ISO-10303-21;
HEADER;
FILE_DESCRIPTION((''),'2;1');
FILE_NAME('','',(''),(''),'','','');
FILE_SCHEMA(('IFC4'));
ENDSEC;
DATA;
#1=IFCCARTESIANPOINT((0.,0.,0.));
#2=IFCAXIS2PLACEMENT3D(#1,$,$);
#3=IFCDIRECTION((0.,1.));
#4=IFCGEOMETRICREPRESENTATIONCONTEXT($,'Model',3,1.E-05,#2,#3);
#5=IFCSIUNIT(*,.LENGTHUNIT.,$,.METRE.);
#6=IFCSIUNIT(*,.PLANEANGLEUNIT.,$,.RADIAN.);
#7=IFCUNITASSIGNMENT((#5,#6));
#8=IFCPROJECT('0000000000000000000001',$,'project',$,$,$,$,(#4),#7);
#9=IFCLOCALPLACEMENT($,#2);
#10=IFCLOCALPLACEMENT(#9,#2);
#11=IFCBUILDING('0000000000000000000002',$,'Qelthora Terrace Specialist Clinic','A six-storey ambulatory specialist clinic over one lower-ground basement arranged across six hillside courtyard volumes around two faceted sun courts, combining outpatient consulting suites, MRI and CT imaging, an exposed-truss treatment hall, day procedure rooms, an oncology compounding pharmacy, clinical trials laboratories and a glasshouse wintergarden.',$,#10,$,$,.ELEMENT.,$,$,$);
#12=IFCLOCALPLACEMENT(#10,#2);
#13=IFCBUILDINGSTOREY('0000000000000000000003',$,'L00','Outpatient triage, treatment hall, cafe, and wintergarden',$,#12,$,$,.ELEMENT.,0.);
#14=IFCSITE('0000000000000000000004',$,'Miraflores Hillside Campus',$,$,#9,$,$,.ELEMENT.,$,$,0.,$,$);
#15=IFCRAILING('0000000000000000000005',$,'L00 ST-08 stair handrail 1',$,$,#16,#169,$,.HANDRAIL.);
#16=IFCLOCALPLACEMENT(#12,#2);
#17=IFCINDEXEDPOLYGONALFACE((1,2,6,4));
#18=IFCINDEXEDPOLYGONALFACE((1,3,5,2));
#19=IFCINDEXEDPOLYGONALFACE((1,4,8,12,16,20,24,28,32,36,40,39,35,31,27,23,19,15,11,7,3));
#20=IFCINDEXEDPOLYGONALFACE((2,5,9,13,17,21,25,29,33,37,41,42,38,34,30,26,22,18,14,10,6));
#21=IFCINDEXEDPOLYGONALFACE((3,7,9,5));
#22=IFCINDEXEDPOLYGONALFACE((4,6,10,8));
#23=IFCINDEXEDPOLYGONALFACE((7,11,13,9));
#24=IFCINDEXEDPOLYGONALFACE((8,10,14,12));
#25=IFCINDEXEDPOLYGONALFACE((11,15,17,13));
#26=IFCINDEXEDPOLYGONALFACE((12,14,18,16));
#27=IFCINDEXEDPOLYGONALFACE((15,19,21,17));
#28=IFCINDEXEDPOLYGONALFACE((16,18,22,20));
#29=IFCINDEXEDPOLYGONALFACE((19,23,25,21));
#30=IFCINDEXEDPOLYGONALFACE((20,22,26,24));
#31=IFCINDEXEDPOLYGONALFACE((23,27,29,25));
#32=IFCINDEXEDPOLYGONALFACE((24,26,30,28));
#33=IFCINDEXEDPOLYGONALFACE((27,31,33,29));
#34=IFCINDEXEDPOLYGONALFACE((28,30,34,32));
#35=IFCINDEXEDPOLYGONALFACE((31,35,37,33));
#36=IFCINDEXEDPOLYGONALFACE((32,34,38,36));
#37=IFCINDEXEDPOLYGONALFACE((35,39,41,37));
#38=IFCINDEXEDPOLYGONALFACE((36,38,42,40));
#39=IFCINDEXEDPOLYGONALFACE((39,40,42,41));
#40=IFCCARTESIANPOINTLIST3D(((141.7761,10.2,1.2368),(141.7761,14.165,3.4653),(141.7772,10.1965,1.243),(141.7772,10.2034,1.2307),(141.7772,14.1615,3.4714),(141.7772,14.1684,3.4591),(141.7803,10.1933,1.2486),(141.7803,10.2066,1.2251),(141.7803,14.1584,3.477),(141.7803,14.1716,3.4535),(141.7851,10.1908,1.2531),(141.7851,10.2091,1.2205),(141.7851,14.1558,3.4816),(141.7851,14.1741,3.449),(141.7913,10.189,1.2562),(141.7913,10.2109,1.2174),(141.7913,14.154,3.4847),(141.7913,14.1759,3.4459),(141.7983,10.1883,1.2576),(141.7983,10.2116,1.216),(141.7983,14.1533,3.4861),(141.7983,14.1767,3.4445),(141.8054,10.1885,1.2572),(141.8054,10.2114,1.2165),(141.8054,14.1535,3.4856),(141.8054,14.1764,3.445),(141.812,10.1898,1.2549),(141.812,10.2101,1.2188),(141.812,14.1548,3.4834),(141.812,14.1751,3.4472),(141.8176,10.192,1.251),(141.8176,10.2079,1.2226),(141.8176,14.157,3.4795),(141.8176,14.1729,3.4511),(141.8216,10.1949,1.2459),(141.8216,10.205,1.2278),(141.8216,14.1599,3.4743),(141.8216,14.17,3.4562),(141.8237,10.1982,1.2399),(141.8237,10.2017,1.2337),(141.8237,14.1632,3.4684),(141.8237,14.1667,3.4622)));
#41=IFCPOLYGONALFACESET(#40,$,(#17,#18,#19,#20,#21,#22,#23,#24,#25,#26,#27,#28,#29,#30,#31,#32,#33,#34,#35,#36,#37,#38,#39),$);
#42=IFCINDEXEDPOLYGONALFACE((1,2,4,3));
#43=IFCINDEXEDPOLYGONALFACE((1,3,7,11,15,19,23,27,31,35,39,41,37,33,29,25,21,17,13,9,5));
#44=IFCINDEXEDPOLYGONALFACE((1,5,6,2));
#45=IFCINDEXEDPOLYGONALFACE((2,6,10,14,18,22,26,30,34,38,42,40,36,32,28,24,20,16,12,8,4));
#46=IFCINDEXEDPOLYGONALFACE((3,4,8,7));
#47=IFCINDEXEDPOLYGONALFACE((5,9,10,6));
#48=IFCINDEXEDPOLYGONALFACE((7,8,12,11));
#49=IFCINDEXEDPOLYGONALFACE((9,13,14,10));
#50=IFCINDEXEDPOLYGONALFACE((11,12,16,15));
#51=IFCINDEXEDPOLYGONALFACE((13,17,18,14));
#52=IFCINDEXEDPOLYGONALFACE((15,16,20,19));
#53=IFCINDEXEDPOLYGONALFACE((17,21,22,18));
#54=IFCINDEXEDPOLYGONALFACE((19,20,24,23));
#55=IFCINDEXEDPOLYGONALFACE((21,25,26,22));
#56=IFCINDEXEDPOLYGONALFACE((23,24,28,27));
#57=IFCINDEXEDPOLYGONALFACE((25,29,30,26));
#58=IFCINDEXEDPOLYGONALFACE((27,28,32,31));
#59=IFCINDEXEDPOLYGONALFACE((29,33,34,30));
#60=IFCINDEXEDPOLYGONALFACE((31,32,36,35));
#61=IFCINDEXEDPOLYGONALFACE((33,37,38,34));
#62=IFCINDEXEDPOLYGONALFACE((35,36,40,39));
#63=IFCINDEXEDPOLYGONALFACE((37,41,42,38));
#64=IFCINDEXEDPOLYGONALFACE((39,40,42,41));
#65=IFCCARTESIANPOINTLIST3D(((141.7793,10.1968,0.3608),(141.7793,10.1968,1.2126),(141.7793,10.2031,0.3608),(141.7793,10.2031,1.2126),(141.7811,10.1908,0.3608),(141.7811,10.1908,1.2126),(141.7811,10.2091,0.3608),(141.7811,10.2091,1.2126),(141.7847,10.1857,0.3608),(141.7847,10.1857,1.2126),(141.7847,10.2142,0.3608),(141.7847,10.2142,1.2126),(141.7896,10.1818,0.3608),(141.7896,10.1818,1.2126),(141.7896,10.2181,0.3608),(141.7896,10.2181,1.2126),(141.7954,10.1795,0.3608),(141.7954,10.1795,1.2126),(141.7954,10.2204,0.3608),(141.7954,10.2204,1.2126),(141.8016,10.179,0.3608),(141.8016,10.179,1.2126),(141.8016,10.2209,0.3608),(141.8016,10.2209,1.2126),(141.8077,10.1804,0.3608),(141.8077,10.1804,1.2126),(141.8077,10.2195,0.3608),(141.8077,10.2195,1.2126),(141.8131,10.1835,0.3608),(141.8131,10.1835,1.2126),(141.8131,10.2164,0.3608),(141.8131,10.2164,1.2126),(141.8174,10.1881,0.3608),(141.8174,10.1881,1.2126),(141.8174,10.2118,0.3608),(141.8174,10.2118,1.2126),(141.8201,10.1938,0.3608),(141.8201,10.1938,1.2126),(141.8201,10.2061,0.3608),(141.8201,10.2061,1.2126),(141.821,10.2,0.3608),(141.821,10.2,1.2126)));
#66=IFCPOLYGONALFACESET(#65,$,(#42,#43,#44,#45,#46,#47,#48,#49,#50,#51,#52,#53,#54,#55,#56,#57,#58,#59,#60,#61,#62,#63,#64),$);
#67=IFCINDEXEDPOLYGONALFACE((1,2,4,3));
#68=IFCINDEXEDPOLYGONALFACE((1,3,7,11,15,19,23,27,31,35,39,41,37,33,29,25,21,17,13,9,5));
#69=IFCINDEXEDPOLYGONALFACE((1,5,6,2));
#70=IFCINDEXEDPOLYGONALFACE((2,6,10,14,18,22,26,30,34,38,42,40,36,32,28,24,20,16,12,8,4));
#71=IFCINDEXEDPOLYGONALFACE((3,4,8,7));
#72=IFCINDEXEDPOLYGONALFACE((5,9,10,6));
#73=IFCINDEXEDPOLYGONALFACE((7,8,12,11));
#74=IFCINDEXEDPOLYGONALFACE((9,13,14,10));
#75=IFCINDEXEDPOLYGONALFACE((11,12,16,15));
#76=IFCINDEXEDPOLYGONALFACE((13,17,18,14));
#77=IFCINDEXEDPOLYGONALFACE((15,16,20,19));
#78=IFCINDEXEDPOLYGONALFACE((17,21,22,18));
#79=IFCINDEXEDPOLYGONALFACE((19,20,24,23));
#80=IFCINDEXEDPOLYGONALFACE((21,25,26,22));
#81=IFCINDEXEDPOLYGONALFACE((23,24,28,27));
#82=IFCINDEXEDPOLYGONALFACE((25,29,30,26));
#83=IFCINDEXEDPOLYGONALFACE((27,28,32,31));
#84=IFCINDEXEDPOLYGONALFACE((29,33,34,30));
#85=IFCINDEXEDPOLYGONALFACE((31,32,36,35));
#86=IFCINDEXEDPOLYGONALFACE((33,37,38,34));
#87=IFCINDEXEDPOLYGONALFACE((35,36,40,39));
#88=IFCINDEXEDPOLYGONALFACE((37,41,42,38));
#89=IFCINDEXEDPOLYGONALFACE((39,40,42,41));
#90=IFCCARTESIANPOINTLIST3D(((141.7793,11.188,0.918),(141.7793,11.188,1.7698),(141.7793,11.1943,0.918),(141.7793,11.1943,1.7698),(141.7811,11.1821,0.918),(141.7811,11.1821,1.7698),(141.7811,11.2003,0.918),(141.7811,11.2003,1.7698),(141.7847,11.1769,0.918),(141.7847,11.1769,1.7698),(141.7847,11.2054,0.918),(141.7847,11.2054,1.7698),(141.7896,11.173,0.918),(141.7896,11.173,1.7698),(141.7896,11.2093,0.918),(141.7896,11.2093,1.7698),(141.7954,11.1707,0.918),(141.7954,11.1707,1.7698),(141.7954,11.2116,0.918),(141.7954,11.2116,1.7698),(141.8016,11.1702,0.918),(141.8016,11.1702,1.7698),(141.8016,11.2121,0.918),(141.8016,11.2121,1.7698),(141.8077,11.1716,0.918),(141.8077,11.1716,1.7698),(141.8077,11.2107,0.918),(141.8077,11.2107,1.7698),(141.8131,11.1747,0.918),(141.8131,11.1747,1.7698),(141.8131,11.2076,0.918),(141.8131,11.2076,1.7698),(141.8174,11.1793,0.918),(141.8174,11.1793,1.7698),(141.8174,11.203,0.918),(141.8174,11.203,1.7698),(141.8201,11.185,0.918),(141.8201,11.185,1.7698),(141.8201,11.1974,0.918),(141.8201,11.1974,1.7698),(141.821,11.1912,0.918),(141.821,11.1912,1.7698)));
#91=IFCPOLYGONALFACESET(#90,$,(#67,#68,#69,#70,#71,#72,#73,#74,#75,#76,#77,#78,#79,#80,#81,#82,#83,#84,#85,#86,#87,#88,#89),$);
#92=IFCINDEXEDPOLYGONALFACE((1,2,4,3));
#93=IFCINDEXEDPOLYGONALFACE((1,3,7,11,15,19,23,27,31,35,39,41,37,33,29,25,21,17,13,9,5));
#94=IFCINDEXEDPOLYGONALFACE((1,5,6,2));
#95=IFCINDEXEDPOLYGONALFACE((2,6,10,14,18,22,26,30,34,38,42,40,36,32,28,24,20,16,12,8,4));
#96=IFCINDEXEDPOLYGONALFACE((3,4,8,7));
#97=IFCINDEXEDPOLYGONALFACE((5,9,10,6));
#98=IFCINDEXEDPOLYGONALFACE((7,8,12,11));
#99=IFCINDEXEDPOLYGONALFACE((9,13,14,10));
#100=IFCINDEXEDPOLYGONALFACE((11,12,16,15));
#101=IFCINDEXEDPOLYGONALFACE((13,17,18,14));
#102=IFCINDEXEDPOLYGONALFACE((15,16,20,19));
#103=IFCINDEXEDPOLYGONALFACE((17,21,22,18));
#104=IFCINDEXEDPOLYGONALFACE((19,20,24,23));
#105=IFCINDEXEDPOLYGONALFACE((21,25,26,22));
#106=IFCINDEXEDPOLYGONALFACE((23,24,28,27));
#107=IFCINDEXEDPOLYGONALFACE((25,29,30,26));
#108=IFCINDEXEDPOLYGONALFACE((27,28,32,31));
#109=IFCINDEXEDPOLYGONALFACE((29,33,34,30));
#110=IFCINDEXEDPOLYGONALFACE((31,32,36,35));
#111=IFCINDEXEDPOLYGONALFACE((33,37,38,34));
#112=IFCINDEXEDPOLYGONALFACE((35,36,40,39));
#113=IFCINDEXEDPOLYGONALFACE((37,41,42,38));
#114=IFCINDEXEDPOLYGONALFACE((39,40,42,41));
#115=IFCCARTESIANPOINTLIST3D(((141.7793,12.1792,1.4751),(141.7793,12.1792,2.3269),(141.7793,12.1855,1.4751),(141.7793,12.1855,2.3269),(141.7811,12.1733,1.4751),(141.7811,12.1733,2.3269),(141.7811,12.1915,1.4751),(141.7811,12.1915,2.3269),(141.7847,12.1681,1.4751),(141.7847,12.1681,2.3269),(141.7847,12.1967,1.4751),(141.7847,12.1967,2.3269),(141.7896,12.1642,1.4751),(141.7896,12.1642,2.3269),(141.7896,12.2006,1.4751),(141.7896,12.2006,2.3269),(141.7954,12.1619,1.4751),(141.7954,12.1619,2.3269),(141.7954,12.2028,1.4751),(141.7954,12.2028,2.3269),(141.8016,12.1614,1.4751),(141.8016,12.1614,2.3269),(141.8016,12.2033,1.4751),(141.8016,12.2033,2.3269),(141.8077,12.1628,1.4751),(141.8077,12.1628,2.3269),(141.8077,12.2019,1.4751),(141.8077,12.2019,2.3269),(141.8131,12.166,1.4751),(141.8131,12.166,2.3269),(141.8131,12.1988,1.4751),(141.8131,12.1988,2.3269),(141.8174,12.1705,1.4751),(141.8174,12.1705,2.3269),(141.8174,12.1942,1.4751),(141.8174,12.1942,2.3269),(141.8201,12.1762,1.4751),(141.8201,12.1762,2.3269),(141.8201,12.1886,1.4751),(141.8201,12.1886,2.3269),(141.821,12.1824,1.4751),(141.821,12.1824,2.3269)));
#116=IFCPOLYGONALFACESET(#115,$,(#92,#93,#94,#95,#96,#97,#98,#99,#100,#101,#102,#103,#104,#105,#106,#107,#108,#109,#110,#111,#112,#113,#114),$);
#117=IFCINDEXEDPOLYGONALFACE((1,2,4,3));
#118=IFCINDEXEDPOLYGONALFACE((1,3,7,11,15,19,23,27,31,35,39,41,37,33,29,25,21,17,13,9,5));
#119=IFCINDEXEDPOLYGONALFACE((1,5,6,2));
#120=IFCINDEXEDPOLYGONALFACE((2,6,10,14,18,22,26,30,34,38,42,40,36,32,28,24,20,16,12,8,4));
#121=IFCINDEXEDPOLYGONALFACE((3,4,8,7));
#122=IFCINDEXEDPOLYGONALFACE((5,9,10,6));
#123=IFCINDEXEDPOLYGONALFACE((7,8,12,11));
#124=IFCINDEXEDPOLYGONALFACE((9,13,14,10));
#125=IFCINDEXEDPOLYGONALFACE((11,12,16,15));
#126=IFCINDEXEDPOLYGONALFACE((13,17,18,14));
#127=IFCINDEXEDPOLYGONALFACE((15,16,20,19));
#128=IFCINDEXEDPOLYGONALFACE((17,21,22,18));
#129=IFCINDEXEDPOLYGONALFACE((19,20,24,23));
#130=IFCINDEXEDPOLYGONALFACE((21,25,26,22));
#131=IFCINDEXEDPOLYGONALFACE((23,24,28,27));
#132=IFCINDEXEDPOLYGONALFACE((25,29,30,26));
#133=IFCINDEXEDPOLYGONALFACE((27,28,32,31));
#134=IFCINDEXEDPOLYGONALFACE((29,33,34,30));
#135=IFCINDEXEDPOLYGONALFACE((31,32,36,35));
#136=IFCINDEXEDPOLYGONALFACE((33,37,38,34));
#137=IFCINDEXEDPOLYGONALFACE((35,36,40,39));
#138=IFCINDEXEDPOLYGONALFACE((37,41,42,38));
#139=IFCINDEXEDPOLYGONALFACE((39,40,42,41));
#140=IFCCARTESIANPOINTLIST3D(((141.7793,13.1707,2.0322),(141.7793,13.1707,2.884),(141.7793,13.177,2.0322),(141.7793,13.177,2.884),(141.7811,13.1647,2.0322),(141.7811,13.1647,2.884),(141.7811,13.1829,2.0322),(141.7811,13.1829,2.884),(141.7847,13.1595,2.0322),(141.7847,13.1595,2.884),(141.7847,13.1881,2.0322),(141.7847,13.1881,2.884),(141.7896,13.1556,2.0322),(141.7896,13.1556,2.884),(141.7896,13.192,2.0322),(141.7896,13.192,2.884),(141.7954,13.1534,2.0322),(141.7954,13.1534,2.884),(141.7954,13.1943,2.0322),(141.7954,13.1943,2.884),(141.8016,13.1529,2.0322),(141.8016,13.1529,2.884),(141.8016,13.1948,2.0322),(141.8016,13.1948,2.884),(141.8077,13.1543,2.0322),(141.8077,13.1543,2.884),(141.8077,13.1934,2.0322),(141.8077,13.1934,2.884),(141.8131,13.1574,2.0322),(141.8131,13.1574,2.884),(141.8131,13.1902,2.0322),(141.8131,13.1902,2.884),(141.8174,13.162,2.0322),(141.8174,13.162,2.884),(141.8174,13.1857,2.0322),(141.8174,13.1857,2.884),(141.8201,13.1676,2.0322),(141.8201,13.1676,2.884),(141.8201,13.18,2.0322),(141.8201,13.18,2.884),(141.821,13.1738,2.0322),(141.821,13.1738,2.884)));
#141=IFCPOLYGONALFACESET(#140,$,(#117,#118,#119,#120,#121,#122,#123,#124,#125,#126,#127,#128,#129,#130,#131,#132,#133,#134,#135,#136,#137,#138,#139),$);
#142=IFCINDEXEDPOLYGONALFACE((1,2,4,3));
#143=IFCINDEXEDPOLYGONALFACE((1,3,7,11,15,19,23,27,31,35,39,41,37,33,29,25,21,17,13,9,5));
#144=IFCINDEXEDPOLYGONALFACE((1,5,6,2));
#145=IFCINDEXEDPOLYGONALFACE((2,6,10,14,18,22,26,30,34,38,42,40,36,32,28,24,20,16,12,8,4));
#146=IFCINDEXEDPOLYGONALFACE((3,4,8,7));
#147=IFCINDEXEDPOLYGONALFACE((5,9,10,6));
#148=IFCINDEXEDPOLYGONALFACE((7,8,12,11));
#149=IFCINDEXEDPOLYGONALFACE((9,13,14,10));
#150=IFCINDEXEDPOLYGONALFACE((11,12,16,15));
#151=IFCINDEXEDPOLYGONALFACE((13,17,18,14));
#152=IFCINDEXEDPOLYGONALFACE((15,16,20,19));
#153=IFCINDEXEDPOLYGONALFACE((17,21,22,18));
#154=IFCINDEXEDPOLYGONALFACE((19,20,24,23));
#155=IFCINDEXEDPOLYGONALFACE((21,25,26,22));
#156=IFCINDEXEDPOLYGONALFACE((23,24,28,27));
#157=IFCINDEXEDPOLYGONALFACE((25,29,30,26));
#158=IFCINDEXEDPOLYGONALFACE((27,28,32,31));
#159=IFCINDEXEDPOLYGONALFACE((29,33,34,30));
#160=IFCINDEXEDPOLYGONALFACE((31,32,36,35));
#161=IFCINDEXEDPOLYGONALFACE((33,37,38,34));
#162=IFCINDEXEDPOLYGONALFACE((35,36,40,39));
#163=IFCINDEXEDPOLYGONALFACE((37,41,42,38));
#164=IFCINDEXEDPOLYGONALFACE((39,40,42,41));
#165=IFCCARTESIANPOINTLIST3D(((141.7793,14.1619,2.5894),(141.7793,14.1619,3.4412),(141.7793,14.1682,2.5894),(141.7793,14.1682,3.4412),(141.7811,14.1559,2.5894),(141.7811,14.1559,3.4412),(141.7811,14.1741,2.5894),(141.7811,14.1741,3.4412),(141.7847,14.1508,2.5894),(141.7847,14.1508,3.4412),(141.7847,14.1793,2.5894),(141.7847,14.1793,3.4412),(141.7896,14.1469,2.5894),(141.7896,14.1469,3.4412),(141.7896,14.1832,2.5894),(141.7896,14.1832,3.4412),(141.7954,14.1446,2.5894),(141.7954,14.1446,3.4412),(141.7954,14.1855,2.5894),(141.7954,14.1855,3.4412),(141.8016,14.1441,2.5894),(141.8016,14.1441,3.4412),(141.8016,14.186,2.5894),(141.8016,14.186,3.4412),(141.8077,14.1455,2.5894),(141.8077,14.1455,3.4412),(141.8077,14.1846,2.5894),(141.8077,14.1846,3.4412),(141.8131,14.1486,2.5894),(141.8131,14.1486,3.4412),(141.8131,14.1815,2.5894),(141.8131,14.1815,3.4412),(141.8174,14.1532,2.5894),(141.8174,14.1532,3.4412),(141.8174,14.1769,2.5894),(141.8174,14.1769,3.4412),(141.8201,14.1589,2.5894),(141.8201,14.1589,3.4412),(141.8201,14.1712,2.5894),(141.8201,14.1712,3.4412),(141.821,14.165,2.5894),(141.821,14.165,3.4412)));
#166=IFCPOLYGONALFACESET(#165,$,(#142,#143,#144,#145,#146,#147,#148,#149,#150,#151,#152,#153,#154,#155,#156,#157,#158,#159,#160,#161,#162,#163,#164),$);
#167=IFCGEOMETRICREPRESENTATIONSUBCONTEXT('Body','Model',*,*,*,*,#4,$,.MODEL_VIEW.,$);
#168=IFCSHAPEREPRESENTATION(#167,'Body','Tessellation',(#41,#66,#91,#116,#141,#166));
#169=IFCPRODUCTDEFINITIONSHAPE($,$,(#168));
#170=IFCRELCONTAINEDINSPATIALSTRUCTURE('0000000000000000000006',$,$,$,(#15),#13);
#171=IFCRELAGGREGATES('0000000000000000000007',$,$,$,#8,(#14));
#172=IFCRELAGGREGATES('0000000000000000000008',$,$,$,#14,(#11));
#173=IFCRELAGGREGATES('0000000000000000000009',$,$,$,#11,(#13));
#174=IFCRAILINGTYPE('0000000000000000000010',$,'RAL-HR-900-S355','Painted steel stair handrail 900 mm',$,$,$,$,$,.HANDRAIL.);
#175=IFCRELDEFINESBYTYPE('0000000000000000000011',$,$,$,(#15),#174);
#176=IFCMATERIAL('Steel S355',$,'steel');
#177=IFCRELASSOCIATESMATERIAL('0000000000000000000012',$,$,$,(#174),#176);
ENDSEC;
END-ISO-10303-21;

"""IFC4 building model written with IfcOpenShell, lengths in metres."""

from ifc_helpers import new_model, si_unit, direction, frame, origin, origin_2d, place, context, subcontext, project, spatial, circle, extrude, material, type_object, element, save


model = new_model("IFC4")

# Units and contexts
model_context = context("Model", 3, precision=1e-05, world=origin(), true_north=direction((0.0, 1.0)))
body_context = subcontext(model_context, "Body", "Model", "MODEL_VIEW")
ifc_project = project(units=[si_unit("LENGTHUNIT", "METRE"), si_unit("PLANEANGLEUNIT", "RADIAN")], contexts=[model_context])

# Site, building, storey
site_placement = place(None, origin())
site = spatial("IfcSite", under=ifc_project, at=site_placement, Name="Miraflores Hillside Campus", CompositionType="ELEMENT", RefElevation=0.0)
building_placement = place(site_placement, origin())
building = spatial("IfcBuilding", under=site, at=building_placement, Name="Qelthora Terrace Specialist Clinic", Description="A six-storey ambulatory specialist clinic over one lower-ground basement arranged across six hillside courtyard volumes around two faceted sun courts, combining outpatient consulting suites, MRI and CT imaging, an exposed-truss treatment hall, day procedure rooms, an oncology compounding pharmacy, clinical trials laboratories and a glasshouse wintergarden.", CompositionType="ELEMENT")
storey_placement = place(building_placement, origin())
storey = spatial("IfcBuildingStorey", under=building, at=storey_placement, Name="L00", Description="Outpatient triage, treatment hall, cafe, and wintergarden", CompositionType="ELEMENT", Elevation=0.0)

# Shared definitions
ifc_material_1 = material(Name="Steel S355", Category="steel")

# Railing
railing_type_1 = type_object("IfcRailingType", Name="RAL-HR-900-S355", Description="Painted steel stair handrail 900 mm", PredefinedType="HANDRAIL", material=ifc_material_1)
railing_1_placement = place(storey_placement, frame((141.8, 10.2, 0.3608)))
element("IfcRailing", 1, at=railing_1_placement, inside=storey, type_object=railing_type_1, Name="L00 ST-08 stair handrail 1", PredefinedType="HANDRAIL", context=body_context, shape_type="SweptSolid", body=[
    extrude(circle(Radius=0.0239, at=origin_2d()), frame((0.0, 0.0, 0.876), z_axis=(0.0, 0.871749, 0.489953), x_axis=(-1.0, 0.0, 0.0)), (0.0, 0.0, 1.0), 4.5483),
    extrude(circle(Radius=0.021, at=origin_2d()), origin(), (0.0, 0.0, 1.0), 0.8518),
    extrude(circle(Radius=0.021, at=origin_2d()), frame((0.0, 0.9912, 0.5571)), (0.0, 0.0, 1.0), 0.8518),
    extrude(circle(Radius=0.021, at=origin_2d()), frame((0.0, 1.9824, 1.1143)), (0.0, 0.0, 1.0), 0.8518),
    extrude(circle(Radius=0.021, at=origin_2d()), frame((0.0, 2.9739, 1.6714)), (0.0, 0.0, 1.0), 0.8518),
    extrude(circle(Radius=0.021, at=origin_2d()), frame((0.0, 3.9651, 2.2285)), (0.0, 0.0, 1.0), 0.8518),
])

save(model, "model.ifc")
